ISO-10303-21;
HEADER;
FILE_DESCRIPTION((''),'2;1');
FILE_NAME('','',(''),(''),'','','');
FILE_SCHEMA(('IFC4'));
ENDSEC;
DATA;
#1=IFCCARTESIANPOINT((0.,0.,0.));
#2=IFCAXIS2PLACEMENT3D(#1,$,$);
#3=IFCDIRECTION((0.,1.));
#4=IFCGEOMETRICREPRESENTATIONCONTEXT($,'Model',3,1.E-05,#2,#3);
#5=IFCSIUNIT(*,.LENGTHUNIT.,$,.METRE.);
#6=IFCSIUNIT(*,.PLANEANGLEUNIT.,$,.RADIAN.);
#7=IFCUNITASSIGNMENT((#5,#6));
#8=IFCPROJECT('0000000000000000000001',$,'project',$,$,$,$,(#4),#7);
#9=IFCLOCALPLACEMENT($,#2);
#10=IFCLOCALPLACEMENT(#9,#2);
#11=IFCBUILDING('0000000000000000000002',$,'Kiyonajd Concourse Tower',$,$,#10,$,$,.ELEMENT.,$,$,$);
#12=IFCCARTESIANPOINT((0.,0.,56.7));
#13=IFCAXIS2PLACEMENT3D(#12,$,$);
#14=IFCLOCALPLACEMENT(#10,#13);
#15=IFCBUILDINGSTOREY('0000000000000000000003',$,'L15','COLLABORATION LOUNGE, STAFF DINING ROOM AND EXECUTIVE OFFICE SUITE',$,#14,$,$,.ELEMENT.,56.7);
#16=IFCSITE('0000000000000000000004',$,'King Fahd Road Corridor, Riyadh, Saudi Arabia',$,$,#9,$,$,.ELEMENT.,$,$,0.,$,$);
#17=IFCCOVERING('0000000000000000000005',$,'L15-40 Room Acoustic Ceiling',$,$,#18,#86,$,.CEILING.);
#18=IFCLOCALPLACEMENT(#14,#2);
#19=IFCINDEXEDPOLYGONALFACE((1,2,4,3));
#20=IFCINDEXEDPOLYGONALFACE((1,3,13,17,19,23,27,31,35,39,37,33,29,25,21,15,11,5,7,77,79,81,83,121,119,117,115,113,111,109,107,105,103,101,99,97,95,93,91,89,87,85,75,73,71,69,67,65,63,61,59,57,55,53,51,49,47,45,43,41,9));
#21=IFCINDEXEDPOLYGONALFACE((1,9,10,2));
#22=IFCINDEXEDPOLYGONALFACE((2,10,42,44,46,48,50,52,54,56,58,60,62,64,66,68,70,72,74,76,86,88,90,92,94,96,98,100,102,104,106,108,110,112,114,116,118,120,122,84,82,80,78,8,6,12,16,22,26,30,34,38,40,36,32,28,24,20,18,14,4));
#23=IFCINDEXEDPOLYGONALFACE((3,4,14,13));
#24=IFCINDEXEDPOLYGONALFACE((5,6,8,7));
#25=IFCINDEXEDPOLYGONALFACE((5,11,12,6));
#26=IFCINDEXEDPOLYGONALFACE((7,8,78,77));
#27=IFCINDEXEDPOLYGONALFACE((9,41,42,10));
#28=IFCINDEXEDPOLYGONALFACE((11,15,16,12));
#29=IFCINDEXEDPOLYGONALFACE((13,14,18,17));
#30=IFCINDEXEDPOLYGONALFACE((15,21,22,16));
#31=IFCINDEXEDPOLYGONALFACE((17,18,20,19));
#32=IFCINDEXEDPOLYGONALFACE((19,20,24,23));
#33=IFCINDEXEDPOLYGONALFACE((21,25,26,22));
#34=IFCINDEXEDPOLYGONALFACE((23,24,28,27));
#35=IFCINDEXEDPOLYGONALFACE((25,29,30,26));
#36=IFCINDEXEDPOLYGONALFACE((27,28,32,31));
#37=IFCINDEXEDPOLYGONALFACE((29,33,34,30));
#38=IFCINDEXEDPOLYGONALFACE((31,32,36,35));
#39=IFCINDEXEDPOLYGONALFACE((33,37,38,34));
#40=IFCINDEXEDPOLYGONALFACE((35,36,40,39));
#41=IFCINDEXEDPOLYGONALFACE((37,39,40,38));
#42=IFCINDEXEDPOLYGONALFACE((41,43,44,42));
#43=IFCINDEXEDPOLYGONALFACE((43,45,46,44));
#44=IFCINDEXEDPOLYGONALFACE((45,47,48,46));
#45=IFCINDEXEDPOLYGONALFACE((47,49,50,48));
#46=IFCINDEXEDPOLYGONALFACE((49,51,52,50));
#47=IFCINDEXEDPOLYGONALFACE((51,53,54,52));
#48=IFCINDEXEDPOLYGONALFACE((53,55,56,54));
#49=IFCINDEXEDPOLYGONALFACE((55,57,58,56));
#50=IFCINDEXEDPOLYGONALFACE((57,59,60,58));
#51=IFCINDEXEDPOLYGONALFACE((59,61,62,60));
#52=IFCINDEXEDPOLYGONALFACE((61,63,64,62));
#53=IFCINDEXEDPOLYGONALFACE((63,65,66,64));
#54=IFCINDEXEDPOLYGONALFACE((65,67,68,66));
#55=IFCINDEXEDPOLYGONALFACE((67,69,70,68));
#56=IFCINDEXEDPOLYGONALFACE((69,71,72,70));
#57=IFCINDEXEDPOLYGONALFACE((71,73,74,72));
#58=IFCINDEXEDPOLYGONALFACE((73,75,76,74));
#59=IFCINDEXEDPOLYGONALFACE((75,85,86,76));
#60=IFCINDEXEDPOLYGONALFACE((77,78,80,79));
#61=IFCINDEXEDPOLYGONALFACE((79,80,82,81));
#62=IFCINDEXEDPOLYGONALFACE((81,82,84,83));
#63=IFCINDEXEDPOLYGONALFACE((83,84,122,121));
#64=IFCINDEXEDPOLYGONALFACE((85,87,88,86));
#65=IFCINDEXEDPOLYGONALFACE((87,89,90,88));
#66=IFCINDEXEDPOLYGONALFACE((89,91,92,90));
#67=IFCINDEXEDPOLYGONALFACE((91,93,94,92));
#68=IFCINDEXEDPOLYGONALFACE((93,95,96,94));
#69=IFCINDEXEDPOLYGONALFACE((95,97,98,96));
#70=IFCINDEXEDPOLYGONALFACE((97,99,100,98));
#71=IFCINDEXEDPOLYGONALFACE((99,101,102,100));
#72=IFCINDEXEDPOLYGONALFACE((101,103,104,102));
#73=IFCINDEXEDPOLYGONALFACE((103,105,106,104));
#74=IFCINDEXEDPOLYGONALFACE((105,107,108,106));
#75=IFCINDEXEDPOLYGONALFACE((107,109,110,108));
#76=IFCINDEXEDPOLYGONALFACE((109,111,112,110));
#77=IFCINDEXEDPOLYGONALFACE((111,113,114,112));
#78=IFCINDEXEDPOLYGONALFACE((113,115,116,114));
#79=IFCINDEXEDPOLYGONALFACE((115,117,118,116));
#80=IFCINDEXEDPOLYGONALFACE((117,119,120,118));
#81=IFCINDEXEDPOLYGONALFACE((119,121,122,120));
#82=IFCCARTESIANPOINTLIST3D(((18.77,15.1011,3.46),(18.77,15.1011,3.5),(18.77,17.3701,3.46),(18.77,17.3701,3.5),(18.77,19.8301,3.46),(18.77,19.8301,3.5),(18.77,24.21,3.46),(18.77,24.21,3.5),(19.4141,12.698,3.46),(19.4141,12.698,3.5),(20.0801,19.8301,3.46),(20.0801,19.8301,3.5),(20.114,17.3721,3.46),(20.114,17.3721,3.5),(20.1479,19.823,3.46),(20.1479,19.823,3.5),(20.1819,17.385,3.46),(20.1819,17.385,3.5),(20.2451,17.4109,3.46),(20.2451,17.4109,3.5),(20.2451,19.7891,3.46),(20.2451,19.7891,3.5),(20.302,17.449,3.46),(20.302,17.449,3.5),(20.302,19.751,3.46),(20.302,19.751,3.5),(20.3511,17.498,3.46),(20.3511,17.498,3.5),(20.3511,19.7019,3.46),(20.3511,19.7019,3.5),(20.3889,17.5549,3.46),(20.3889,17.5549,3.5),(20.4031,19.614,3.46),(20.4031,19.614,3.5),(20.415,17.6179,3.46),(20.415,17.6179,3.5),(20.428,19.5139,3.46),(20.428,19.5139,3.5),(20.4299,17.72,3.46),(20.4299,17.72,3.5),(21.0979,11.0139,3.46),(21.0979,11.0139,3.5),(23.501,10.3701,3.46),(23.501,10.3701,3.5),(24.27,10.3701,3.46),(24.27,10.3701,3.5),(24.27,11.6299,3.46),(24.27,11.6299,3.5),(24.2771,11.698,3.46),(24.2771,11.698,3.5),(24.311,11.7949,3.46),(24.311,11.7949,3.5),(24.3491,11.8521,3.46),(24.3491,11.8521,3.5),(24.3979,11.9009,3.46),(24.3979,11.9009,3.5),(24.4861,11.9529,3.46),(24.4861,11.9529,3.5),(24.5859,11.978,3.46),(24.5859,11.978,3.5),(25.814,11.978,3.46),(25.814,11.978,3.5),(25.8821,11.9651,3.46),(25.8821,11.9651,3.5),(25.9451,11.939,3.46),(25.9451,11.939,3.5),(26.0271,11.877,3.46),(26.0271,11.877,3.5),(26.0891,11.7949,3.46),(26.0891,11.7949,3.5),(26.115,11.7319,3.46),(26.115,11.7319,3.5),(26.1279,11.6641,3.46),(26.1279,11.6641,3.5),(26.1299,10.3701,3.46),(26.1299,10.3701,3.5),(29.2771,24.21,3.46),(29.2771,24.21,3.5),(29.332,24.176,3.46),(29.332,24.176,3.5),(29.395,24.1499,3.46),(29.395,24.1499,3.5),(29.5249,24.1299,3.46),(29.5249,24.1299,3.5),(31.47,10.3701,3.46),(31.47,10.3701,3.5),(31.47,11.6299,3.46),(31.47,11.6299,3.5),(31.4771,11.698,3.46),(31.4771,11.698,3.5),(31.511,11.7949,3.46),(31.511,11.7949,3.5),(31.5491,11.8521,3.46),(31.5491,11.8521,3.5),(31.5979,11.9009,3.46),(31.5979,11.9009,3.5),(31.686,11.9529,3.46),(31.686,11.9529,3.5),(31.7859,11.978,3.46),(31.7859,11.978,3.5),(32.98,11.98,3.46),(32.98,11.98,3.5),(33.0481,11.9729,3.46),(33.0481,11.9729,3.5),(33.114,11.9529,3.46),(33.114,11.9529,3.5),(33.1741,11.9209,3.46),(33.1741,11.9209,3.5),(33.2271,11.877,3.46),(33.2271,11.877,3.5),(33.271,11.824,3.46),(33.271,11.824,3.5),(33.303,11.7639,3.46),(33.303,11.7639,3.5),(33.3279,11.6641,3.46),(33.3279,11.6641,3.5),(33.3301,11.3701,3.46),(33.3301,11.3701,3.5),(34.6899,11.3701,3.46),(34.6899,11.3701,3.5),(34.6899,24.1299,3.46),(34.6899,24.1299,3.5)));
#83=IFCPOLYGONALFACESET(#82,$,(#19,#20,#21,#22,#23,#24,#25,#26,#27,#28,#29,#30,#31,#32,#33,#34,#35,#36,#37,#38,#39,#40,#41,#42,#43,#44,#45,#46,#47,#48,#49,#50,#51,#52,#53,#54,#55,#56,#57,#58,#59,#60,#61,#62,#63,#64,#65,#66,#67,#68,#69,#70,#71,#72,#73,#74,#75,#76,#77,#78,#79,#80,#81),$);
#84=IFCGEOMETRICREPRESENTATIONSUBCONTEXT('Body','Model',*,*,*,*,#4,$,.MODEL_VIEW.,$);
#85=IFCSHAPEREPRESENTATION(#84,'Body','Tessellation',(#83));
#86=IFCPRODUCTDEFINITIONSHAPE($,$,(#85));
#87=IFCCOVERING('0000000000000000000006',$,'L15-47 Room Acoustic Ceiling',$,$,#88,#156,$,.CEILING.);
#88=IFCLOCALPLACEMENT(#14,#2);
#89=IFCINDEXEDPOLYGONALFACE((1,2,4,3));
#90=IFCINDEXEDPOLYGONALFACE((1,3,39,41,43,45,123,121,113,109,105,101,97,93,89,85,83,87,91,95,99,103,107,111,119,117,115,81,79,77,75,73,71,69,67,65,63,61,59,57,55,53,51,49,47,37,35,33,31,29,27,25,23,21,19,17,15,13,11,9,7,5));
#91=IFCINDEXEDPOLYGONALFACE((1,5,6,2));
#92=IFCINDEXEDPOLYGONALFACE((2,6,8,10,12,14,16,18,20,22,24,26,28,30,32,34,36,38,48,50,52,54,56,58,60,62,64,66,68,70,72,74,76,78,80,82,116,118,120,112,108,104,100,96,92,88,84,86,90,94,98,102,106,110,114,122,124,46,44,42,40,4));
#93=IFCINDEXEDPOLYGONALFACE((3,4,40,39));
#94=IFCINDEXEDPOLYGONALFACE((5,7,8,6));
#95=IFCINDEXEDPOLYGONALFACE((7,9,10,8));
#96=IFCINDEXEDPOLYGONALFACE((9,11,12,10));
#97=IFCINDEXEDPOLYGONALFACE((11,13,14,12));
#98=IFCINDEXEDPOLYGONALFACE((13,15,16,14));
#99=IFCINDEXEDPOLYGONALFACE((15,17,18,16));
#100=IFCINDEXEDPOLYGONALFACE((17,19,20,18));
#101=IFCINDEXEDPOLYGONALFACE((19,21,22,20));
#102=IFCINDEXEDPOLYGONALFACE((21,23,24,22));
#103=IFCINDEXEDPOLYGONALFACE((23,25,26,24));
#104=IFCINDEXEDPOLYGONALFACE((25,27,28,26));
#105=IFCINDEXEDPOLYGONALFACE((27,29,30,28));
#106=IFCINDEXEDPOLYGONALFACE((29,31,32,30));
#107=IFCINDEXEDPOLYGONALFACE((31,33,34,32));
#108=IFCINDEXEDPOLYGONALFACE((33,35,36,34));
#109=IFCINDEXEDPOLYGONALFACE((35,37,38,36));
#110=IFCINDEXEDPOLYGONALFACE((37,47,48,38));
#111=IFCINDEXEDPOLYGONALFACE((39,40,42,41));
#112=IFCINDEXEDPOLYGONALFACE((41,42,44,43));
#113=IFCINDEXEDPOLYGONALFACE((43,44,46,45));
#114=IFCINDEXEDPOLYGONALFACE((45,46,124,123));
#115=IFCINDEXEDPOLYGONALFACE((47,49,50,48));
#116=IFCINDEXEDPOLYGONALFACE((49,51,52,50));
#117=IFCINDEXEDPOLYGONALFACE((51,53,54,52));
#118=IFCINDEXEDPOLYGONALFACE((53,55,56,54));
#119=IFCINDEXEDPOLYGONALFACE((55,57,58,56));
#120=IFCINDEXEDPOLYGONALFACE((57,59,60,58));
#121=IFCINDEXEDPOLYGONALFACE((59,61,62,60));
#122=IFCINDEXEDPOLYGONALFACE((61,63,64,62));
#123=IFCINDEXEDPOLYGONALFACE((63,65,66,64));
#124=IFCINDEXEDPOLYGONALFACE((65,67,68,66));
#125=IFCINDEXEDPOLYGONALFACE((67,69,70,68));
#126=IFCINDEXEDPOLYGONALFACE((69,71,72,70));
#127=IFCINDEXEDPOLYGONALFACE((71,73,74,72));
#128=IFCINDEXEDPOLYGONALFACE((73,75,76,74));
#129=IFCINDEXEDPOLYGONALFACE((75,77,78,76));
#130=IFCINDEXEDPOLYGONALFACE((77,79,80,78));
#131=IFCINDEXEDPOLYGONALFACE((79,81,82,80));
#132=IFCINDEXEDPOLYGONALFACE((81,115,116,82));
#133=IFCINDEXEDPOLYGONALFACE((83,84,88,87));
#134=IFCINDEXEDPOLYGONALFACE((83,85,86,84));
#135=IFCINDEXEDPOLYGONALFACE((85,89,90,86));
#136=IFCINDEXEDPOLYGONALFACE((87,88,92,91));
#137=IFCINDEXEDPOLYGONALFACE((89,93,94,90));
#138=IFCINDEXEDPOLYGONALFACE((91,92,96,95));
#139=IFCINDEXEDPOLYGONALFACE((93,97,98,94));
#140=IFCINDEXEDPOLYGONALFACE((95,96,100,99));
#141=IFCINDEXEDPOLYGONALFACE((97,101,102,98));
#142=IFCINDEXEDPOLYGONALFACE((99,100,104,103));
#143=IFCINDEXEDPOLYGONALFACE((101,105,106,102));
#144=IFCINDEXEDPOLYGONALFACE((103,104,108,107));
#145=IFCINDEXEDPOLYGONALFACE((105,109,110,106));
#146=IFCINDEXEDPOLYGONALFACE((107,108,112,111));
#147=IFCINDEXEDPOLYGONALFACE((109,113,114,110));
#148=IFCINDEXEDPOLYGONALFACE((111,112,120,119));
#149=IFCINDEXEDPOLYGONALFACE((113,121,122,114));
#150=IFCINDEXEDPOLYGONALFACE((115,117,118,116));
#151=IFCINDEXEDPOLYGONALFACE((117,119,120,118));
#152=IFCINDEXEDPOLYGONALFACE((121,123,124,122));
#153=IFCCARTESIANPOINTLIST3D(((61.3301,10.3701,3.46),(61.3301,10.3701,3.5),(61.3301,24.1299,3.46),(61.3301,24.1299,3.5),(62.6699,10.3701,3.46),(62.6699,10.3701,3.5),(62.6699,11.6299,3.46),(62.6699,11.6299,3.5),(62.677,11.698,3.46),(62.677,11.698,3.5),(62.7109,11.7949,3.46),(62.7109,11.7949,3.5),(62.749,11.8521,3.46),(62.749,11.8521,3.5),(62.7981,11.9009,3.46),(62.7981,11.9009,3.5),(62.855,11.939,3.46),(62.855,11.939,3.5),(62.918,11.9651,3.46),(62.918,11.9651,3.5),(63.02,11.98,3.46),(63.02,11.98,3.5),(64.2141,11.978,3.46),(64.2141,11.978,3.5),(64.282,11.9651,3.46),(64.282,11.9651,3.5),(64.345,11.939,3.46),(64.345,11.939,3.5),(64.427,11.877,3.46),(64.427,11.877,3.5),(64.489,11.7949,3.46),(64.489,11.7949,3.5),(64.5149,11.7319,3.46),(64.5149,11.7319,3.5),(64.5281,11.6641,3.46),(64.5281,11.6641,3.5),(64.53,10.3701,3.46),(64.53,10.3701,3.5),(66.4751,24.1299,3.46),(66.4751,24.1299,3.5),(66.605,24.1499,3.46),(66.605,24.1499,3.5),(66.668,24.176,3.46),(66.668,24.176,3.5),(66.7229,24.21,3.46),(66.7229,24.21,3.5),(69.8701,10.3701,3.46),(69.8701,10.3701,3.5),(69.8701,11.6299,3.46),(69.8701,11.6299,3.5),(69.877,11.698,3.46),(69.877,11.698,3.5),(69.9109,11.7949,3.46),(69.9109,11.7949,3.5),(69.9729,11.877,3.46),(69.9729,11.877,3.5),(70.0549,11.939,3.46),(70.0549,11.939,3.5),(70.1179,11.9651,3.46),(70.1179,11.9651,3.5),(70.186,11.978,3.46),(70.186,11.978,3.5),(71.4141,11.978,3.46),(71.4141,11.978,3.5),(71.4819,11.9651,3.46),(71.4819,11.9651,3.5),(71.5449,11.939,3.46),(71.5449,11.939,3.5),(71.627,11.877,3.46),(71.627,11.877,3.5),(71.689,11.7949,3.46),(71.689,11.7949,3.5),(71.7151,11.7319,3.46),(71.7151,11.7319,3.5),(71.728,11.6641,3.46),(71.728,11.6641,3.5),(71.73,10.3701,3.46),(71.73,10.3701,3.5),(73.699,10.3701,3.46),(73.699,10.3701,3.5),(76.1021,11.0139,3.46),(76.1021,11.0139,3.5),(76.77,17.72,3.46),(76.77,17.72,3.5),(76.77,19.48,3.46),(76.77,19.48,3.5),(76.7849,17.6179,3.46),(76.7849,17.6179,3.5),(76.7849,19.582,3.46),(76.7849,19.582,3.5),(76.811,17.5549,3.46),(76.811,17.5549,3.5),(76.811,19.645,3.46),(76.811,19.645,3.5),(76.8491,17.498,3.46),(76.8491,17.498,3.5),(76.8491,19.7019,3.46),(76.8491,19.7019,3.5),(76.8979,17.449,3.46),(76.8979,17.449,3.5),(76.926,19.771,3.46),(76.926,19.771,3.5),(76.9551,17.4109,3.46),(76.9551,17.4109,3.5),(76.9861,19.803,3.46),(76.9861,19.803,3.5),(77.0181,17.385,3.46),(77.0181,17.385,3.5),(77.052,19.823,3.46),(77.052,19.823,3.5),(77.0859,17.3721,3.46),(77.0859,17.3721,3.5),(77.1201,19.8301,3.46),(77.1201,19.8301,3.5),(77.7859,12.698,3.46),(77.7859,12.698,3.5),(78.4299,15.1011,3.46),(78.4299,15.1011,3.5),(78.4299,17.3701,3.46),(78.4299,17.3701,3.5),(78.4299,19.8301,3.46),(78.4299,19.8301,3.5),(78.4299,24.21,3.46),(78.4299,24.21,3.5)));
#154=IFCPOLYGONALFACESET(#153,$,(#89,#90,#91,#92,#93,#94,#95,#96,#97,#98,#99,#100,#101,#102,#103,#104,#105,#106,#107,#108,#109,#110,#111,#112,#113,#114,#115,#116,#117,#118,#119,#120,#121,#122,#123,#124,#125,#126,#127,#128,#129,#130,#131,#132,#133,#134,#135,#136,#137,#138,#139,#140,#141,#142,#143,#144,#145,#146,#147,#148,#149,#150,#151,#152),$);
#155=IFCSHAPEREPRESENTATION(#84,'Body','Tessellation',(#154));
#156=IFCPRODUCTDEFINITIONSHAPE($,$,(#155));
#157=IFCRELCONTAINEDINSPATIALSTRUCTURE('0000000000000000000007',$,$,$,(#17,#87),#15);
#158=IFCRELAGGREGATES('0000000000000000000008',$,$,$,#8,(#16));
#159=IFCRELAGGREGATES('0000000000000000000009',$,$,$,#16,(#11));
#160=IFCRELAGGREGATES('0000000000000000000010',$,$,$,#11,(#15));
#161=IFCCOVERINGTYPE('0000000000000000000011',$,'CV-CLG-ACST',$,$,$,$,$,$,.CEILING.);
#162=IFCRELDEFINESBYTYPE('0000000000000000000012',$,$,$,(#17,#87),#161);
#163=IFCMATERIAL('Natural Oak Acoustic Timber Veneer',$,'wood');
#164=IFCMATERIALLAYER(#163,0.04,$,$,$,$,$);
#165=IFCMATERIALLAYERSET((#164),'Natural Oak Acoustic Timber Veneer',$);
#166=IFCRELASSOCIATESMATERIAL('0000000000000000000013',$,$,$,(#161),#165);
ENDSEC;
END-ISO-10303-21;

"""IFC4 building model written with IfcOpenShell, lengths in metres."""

from ifc_helpers import new_model, si_unit, direction, frame, origin, place, context, subcontext, project, spatial, polyline, outline, extrude, material, layer, layer_set, type_object, element, save


model = new_model("IFC4")

# Units and contexts
model_context = context("Model", 3, precision=1e-05, world=origin(), true_north=direction((0.0, 1.0)))
body_context = subcontext(model_context, "Body", "Model", "MODEL_VIEW")
ifc_project = project(units=[si_unit("LENGTHUNIT", "METRE"), si_unit("PLANEANGLEUNIT", "RADIAN")], contexts=[model_context])

# Site, building, storey
site_placement = place(None, origin())
site = spatial("IfcSite", under=ifc_project, at=site_placement, Name="King Fahd Road Corridor, Riyadh, Saudi Arabia", CompositionType="ELEMENT", RefElevation=0.0)
building_placement = place(site_placement, origin())
building = spatial("IfcBuilding", under=site, at=building_placement, Name="Kiyonajd Concourse Tower", CompositionType="ELEMENT")
storey_placement = place(building_placement, frame((0.0, 0.0, 56.7)))
storey = spatial("IfcBuildingStorey", under=building, at=storey_placement, Name="L15", Description="COLLABORATION LOUNGE, STAFF DINING ROOM AND EXECUTIVE OFFICE SUITE", CompositionType="ELEMENT", Elevation=56.7)

# Coverings
ifc_material_1 = material(Name="Natural Oak Acoustic Timber Veneer", Category="wood")
ifc_layer_1 = layer(ifc_material_1, 0.04)
ifc_layer_set_1 = layer_set([ifc_layer_1], Name="Natural Oak Acoustic Timber Veneer")
covering_type = type_object("IfcCoveringType", Name="CV-CLG-ACST", PredefinedType="CEILING", material=ifc_layer_set_1)
covering_1_placement = place(storey_placement, frame((0.0, 0.0, 3.46)))
element("IfcCovering", 1, at=covering_1_placement, inside=storey, type_object=covering_type, Name="L15-40 Room Acoustic Ceiling", PredefinedType="CEILING", context=body_context, shape_type="SweptSolid", body=[
    extrude(outline(polyline([(19.4141, 12.698), (18.77, 15.1011), (18.77, 17.3701), (20.114, 17.3721), (20.1819, 17.385), (20.2451, 17.4109), (20.302, 17.449), (20.3511, 17.498), (20.3889, 17.5549), (20.415, 17.6179), (20.4299, 17.72), (20.428, 19.5139), (20.4031, 19.614), (20.3511, 19.7019), (20.302, 19.751), (20.2451, 19.7891), (20.1479, 19.823), (20.0801, 19.8301), (18.77, 19.8301), (18.77, 24.21), (29.2771, 24.21), (29.332, 24.176), (29.395, 24.1499), (29.5249, 24.1299), (34.6899, 24.1299), (34.6899, 11.3701), (33.3301, 11.3701), (33.3279, 11.6641), (33.303, 11.7639), (33.271, 11.824), (33.2271, 11.877), (33.1741, 11.9209), (33.114, 11.9529), (33.0481, 11.9729), (32.98, 11.98), (31.7859, 11.978), (31.686, 11.9529), (31.5979, 11.9009), (31.5491, 11.8521), (31.511, 11.7949), (31.4771, 11.698), (31.47, 11.6299), (31.47, 10.3701), (26.1299, 10.3701), (26.1279, 11.6641), (26.115, 11.7319), (26.0891, 11.7949), (26.0271, 11.877), (25.9451, 11.939), (25.8821, 11.9651), (25.814, 11.978), (24.5859, 11.978), (24.4861, 11.9529), (24.3979, 11.9009), (24.3491, 11.8521), (24.311, 11.7949), (24.2771, 11.698), (24.27, 11.6299), (24.27, 10.3701), (23.501, 10.3701), (21.0979, 11.0139), (19.4141, 12.698)])), origin(), (0.0, 0.0, 1.0), 0.04),
])
covering_2_placement = place(storey_placement, frame((0.0, 0.0, 3.46)))
element("IfcCovering", 2, at=covering_2_placement, inside=storey, type_object=covering_type, Name="L15-47 Room Acoustic Ceiling", PredefinedType="CEILING", context=body_context, shape_type="SweptSolid", body=[
    extrude(outline(polyline([(66.7229, 24.21), (78.4299, 24.21), (78.4299, 19.8301), (77.1201, 19.8301), (77.052, 19.823), (76.9861, 19.803), (76.926, 19.771), (76.8491, 19.7019), (76.811, 19.645), (76.7849, 19.582), (76.77, 19.48), (76.77, 17.72), (76.7849, 17.6179), (76.811, 17.5549), (76.8491, 17.498), (76.8979, 17.449), (76.9551, 17.4109), (77.0181, 17.385), (77.0859, 17.3721), (78.4299, 17.3701), (78.4299, 15.1011), (77.7859, 12.698), (76.1021, 11.0139), (73.699, 10.3701), (71.73, 10.3701), (71.728, 11.6641), (71.7151, 11.7319), (71.689, 11.7949), (71.627, 11.877), (71.5449, 11.939), (71.4819, 11.9651), (71.4141, 11.978), (70.186, 11.978), (70.1179, 11.9651), (70.0549, 11.939), (69.9729, 11.877), (69.9109, 11.7949), (69.877, 11.698), (69.8701, 11.6299), (69.8701, 10.3701), (64.53, 10.3701), (64.5281, 11.6641), (64.5149, 11.7319), (64.489, 11.7949), (64.427, 11.877), (64.345, 11.939), (64.282, 11.9651), (64.2141, 11.978), (63.02, 11.98), (62.918, 11.9651), (62.855, 11.939), (62.7981, 11.9009), (62.749, 11.8521), (62.7109, 11.7949), (62.677, 11.698), (62.6699, 11.6299), (62.6699, 10.3701), (61.3301, 10.3701), (61.3301, 24.1299), (66.4751, 24.1299), (66.605, 24.1499), (66.668, 24.176), (66.7229, 24.21)])), origin(), (0.0, 0.0, 1.0), 0.04),
])

save(model, "model.ifc")
